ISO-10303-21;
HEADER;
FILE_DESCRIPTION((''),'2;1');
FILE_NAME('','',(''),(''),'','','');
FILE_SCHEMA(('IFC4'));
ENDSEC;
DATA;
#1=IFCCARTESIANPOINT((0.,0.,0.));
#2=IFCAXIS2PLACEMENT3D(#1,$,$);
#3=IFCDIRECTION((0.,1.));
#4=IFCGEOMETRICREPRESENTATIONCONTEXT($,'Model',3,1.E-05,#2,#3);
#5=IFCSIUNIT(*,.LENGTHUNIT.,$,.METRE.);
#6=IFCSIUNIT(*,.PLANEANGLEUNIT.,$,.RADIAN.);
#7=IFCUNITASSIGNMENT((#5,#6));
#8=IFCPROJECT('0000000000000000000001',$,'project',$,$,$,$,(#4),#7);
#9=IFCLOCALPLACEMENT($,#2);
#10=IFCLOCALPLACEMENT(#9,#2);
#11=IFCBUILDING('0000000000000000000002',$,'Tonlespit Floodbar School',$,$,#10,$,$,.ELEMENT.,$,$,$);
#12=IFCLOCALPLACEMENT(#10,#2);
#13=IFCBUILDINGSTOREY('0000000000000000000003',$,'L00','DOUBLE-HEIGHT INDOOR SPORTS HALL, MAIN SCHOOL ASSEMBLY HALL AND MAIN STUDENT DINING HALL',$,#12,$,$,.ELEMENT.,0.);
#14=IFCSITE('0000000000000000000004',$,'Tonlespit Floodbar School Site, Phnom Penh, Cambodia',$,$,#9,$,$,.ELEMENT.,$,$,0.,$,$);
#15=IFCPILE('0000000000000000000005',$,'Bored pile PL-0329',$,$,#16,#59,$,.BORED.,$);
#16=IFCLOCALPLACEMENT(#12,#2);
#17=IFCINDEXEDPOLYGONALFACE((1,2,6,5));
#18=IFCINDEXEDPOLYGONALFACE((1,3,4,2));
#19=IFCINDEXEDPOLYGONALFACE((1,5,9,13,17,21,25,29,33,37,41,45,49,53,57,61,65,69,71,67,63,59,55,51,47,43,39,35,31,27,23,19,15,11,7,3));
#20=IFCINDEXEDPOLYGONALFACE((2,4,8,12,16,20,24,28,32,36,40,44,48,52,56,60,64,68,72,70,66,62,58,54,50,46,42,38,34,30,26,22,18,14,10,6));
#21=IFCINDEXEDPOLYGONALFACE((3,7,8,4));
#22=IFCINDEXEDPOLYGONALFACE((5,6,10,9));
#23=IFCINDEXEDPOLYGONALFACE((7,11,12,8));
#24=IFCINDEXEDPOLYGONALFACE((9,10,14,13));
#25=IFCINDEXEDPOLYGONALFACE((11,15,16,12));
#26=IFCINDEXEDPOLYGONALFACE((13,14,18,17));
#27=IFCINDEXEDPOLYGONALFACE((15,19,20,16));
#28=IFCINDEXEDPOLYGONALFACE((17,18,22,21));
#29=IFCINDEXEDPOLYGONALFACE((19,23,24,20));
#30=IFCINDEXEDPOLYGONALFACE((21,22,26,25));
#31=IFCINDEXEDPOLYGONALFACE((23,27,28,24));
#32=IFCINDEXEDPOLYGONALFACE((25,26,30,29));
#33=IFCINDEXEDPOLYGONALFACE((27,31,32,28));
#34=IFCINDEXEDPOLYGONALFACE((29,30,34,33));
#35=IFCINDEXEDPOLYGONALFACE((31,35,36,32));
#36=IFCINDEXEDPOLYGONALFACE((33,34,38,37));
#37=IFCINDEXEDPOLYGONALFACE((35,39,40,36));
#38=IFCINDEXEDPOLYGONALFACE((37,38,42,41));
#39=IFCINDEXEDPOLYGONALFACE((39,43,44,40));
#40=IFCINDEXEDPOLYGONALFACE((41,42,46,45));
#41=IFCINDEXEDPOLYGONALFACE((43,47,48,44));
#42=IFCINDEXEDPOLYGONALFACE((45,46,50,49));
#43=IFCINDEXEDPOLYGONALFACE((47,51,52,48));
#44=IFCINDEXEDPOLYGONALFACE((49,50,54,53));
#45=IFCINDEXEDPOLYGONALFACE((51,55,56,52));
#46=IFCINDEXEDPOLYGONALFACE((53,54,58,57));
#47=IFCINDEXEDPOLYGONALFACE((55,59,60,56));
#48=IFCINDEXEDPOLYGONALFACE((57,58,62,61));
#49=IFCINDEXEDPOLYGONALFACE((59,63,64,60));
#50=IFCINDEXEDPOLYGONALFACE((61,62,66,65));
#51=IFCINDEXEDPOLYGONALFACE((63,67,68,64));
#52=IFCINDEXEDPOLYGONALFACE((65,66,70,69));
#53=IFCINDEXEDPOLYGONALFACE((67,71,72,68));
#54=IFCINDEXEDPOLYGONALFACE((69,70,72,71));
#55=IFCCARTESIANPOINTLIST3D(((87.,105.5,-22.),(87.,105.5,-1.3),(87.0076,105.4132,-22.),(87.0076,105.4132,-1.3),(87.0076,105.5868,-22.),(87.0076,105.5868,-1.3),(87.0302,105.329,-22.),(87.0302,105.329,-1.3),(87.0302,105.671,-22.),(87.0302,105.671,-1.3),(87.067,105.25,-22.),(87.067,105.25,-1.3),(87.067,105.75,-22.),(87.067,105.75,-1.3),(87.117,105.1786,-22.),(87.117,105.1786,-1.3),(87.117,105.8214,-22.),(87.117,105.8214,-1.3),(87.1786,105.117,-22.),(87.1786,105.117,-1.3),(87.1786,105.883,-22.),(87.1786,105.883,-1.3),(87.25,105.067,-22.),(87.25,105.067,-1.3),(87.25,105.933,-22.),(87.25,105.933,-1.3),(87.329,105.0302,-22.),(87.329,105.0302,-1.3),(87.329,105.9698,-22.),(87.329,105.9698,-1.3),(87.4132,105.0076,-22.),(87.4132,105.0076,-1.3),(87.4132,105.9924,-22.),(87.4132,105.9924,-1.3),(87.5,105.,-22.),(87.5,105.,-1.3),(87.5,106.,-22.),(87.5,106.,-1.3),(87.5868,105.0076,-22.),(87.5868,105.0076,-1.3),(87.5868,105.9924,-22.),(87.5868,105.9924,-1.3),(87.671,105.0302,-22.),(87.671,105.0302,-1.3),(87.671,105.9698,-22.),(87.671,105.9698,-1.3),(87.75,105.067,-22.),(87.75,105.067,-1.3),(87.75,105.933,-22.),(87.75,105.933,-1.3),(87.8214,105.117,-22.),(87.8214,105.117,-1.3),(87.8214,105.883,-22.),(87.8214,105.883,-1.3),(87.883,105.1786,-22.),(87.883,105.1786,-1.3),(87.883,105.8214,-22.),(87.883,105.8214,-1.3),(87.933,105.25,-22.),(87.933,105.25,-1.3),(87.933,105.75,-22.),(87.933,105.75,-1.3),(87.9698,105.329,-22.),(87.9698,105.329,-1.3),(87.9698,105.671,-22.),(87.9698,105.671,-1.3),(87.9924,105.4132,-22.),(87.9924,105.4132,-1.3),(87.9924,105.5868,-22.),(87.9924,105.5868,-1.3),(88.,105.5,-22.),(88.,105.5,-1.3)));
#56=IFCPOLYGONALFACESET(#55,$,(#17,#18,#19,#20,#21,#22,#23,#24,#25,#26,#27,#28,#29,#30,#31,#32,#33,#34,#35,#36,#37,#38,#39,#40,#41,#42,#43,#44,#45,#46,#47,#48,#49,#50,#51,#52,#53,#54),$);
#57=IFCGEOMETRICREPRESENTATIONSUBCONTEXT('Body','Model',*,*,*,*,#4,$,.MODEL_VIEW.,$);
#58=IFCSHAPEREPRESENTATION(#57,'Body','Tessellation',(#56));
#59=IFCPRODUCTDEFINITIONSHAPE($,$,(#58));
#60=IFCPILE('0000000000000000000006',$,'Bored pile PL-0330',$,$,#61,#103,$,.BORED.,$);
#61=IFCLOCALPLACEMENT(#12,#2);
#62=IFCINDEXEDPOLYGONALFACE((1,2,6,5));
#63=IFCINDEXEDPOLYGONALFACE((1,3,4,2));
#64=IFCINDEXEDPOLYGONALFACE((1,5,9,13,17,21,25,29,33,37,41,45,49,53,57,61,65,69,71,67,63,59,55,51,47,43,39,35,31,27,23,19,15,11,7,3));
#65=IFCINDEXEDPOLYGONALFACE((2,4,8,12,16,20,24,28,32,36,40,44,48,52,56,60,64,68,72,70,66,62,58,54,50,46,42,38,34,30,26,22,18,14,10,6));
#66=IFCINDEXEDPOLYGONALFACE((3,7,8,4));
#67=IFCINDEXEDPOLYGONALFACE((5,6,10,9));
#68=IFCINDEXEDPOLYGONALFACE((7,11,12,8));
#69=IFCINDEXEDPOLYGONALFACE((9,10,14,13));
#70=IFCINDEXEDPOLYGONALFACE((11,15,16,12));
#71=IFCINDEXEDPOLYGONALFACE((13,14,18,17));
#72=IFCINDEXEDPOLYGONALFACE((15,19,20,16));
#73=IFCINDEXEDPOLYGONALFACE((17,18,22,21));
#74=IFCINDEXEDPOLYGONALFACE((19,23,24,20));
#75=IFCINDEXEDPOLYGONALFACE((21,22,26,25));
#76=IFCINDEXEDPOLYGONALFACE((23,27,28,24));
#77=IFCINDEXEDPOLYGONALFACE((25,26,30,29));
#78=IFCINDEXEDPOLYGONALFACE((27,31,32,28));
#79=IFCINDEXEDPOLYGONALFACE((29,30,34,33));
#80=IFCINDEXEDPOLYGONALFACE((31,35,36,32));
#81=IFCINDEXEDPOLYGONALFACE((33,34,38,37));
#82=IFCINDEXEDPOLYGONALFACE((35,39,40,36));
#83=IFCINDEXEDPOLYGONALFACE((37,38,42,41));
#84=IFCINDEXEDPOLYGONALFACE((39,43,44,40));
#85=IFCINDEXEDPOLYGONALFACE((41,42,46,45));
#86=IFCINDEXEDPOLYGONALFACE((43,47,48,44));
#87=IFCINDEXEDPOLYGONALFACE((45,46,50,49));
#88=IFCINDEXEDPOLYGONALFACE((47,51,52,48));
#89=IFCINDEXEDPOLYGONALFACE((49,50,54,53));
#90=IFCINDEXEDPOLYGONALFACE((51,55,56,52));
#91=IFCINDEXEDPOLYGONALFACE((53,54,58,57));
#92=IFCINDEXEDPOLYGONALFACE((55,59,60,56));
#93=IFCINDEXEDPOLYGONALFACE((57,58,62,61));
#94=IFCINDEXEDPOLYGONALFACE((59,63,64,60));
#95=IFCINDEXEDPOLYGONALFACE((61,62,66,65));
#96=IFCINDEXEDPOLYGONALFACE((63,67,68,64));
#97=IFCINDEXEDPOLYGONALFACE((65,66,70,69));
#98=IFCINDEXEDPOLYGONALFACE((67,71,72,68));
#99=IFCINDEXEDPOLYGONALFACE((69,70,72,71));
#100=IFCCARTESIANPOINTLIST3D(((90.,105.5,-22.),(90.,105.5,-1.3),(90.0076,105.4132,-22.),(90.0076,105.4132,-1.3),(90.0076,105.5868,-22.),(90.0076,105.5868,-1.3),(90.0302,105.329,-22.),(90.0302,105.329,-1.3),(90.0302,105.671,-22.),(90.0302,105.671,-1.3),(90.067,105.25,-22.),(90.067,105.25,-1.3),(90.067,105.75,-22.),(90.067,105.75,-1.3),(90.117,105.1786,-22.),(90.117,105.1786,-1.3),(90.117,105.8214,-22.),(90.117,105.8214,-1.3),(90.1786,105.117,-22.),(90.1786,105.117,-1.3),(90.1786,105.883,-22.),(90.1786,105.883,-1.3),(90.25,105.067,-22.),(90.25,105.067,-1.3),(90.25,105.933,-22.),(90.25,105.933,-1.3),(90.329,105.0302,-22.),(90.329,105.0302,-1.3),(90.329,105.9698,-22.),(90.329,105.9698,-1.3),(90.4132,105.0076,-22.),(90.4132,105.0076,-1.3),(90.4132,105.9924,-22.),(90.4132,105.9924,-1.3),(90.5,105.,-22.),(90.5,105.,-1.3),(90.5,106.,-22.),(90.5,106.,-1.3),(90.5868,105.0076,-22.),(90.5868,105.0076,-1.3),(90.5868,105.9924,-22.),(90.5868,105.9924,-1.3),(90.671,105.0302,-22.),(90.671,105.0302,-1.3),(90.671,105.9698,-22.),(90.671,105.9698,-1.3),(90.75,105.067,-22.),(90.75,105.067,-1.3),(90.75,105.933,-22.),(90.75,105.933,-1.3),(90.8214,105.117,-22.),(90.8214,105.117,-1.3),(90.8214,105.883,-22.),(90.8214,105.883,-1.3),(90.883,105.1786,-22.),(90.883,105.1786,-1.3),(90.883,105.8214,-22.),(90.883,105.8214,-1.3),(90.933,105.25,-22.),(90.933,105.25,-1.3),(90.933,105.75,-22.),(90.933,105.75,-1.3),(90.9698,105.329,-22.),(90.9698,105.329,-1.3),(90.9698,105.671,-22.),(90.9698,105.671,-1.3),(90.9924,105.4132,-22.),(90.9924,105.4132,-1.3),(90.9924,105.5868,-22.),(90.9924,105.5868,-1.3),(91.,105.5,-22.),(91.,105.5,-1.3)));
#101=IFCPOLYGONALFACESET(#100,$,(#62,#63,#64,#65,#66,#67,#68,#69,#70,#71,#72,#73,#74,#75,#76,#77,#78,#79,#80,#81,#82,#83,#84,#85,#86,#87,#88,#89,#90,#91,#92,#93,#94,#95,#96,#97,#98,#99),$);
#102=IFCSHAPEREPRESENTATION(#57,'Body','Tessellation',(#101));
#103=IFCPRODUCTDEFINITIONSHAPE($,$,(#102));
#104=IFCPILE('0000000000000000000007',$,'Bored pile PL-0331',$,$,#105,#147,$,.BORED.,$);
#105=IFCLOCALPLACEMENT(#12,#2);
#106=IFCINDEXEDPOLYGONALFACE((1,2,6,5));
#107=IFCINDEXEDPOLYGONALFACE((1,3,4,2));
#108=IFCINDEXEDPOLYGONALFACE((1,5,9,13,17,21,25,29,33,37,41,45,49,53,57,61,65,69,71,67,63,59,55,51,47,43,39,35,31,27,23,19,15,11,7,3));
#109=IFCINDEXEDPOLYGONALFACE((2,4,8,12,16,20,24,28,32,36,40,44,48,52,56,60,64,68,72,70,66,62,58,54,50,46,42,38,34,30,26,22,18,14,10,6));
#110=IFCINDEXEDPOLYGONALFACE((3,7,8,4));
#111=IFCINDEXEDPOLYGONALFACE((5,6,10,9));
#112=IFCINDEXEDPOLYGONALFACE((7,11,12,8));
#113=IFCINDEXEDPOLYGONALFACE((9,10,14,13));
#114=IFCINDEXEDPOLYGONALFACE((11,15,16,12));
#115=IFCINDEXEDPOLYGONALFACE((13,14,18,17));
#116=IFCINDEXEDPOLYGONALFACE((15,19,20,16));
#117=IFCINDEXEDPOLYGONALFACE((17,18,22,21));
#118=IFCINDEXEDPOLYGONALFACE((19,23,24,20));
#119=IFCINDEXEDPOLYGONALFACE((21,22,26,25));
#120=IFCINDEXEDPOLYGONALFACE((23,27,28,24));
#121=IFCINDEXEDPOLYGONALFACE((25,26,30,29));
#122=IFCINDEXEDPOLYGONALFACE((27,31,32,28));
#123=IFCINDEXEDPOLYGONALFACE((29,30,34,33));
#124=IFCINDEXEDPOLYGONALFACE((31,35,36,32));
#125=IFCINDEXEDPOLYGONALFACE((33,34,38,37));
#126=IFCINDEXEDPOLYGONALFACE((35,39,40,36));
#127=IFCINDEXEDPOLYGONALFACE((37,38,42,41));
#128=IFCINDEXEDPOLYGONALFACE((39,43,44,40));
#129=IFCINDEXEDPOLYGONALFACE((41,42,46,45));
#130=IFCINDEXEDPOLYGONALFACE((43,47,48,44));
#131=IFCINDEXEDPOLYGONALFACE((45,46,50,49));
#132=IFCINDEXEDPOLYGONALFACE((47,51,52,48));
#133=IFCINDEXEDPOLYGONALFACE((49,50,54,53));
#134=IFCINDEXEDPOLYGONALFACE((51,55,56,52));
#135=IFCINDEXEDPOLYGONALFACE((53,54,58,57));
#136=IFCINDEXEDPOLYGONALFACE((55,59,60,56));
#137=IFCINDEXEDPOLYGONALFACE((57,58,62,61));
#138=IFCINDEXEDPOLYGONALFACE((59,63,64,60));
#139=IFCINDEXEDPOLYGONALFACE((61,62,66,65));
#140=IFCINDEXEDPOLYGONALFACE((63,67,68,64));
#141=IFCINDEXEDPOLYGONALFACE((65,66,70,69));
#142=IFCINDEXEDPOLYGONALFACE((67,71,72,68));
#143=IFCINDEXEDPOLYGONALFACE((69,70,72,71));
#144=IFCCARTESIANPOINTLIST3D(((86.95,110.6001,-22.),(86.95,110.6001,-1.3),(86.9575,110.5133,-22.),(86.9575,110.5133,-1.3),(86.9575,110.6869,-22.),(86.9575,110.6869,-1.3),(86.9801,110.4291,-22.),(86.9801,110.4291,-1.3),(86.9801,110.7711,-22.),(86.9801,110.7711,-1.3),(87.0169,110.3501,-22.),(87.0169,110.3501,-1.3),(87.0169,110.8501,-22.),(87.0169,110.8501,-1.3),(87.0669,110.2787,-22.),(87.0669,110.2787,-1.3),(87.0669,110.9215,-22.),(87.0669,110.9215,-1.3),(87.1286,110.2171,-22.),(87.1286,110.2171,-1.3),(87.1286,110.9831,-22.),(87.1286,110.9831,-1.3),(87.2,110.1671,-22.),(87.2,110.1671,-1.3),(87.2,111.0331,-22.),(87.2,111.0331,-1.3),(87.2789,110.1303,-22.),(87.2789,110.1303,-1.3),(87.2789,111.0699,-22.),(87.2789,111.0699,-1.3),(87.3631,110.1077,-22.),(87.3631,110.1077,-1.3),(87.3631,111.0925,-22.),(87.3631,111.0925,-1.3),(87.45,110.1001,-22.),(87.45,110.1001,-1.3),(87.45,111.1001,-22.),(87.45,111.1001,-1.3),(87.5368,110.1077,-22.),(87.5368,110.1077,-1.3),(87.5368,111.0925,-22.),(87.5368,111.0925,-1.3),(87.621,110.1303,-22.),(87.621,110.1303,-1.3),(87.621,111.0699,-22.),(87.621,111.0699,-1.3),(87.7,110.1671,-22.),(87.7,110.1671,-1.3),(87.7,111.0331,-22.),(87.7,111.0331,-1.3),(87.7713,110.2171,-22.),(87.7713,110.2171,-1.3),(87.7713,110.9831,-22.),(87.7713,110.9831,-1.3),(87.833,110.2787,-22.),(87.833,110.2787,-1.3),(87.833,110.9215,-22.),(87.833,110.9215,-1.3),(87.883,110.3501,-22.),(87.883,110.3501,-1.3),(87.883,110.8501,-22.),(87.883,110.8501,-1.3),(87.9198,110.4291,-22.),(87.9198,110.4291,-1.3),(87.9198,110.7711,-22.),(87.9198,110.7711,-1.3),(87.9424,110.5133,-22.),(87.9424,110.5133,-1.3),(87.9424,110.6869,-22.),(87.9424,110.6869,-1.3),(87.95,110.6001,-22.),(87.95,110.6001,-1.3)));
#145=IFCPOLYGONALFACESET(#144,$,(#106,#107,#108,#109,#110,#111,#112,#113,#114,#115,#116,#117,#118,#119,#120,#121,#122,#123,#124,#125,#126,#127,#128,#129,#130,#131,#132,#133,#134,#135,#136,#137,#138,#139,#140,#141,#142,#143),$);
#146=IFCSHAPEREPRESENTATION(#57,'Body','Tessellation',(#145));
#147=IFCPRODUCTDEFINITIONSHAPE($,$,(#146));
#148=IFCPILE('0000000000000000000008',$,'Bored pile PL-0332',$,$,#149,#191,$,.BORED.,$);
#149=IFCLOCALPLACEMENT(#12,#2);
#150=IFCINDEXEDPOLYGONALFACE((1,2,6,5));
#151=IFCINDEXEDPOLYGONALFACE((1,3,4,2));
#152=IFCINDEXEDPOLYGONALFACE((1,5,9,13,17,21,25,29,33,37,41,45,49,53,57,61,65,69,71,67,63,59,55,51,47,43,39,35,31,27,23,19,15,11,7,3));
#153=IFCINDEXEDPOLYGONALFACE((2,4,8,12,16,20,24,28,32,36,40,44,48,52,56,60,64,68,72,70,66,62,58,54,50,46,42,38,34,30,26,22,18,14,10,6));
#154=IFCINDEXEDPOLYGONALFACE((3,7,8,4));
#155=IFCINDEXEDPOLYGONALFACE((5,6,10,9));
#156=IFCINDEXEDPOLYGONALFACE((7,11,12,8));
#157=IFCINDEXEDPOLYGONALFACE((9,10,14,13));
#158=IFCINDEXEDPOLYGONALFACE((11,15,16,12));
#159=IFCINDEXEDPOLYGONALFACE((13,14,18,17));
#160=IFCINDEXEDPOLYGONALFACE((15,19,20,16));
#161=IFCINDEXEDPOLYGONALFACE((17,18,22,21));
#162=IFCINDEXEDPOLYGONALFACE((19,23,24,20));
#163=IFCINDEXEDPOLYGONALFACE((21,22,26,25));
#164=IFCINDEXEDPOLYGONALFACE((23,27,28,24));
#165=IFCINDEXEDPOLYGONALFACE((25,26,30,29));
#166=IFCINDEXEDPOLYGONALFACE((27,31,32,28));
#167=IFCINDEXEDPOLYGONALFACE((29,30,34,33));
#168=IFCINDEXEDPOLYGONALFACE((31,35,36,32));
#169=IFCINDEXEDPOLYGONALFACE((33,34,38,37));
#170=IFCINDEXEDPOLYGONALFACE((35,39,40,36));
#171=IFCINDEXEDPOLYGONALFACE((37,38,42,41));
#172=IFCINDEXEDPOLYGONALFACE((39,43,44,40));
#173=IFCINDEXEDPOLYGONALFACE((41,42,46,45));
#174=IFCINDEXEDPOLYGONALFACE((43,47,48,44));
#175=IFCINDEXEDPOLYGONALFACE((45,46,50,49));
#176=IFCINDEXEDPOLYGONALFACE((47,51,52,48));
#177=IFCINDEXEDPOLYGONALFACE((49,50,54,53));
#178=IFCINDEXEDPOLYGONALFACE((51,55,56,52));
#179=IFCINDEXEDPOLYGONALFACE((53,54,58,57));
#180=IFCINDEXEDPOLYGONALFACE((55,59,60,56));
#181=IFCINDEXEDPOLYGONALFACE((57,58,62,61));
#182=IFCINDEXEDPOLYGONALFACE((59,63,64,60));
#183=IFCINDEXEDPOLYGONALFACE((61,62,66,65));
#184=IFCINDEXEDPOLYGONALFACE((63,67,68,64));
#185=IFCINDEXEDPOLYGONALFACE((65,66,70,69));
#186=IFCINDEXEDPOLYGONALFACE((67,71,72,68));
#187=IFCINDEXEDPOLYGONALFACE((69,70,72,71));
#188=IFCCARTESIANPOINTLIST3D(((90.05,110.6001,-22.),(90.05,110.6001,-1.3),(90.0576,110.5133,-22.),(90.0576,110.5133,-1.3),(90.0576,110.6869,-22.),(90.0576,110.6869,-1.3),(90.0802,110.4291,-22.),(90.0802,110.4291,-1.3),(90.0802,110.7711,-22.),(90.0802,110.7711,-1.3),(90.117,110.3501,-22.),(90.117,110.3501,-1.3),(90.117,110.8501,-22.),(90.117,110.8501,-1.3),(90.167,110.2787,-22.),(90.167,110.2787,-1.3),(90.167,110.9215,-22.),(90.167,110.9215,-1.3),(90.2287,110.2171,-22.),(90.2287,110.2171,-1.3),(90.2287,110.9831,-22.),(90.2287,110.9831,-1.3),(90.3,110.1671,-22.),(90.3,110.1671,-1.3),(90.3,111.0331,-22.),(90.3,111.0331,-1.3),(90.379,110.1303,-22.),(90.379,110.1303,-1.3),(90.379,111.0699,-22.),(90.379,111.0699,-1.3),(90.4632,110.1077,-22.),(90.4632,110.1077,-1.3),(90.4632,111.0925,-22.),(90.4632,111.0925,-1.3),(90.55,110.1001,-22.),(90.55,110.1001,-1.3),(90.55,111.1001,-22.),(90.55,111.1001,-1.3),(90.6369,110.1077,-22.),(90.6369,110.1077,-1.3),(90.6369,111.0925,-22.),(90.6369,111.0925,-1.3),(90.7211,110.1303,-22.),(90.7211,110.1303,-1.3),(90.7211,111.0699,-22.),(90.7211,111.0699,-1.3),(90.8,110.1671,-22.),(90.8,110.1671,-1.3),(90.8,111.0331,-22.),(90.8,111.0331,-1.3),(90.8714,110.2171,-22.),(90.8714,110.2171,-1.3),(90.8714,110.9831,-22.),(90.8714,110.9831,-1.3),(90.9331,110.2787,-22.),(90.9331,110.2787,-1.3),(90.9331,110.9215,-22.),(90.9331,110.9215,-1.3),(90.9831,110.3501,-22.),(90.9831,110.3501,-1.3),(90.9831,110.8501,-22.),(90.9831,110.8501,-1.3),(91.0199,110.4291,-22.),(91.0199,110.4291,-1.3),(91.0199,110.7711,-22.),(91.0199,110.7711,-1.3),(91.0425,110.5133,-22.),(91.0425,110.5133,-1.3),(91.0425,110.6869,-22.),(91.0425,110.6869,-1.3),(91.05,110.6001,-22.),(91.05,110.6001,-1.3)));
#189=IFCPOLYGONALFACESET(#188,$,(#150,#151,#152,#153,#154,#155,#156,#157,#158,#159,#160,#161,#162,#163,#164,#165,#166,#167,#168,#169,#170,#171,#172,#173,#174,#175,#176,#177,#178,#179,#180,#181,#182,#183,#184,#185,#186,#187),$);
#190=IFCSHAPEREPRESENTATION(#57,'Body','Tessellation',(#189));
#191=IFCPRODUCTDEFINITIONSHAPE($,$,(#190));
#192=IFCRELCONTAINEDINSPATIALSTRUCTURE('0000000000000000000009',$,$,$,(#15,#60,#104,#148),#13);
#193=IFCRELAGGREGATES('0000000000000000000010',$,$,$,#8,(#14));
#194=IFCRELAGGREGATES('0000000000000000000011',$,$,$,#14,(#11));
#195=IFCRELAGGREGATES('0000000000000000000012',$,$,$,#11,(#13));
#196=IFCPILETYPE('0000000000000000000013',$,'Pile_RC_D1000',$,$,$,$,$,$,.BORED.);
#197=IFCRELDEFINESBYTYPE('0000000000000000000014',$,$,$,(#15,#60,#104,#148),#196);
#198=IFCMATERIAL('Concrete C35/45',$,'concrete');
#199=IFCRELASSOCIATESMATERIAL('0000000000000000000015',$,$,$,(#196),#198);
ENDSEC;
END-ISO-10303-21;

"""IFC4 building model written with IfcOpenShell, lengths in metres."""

from ifc_helpers import new_model, si_unit, direction, frame, origin, origin_2d, place, context, subcontext, project, spatial, circle, extrude, material, material_profile, profile_set, type_object, element, save


model = new_model("IFC4")

# Units and contexts
model_context = context("Model", 3, precision=1e-05, world=origin(), true_north=direction((0.0, 1.0)))
body_context = subcontext(model_context, "Body", "Model", "MODEL_VIEW")
ifc_project = project(units=[si_unit("LENGTHUNIT", "METRE"), si_unit("PLANEANGLEUNIT", "RADIAN")], contexts=[model_context])

# Site, building, storey
site_placement = place(None, origin())
site = spatial("IfcSite", under=ifc_project, at=site_placement, Name="Tonlespit Floodbar School Site, Phnom Penh, Cambodia", CompositionType="ELEMENT", RefElevation=0.0)
building_placement = place(site_placement, origin())
building = spatial("IfcBuilding", under=site, at=building_placement, Name="Tonlespit Floodbar School", CompositionType="ELEMENT")
storey_placement = place(building_placement, origin())
storey = spatial("IfcBuildingStorey", under=building, at=storey_placement, Name="L00", Description="DOUBLE-HEIGHT INDOOR SPORTS HALL, MAIN SCHOOL ASSEMBLY HALL AND MAIN STUDENT DINING HALL", CompositionType="ELEMENT", Elevation=0.0)

# Piles
ifc_material_1 = material(Name="Concrete C35/45", Category="concrete")
ifc_material_profile_1 = material_profile(ifc_material_1, circle(Radius=0.5, at=origin_2d()), Name="BP D1000")
ifc_profile_set_1 = profile_set([ifc_material_profile_1], Name="Concrete C35/45")
pile_type = type_object("IfcPileType", Name="Pile_RC_D1000", PredefinedType="BORED", material=ifc_profile_set_1)
for number, where, z_axis, x_axis, name in (
    (1, (87.5, 105.5, -1.3), (0.0, 0.0, -1.0), (1.0, 0.0, 0.0), "Bored pile PL-0329"),
    (2, (90.5, 105.5, -1.3), (0.0, 0.0, -1.0), (1.0, 0.0, 0.0), "Bored pile PL-0330"),
    (3, (87.45, 110.6001, -1.3), (0.0, 0.0, -1.0), (1.0, 0.0, 0.0), "Bored pile PL-0331"),
    (4, (90.55, 110.6001, -1.3), (0.0, 0.0, -1.0), (1.0, 0.0, 0.0), "Bored pile PL-0332"),
):
    element("IfcPile", number, at=place(storey_placement, frame(where, z_axis=z_axis, x_axis=x_axis)), inside=storey, type_object=pile_type, Name=name, PredefinedType="BORED", context=body_context, shape_type="SweptSolid", body=[
        extrude(circle(Radius=0.5, at=origin_2d()), origin(), (0.0, 0.0, 1.0), 20.7),
    ])

save(model, "model.ifc")
